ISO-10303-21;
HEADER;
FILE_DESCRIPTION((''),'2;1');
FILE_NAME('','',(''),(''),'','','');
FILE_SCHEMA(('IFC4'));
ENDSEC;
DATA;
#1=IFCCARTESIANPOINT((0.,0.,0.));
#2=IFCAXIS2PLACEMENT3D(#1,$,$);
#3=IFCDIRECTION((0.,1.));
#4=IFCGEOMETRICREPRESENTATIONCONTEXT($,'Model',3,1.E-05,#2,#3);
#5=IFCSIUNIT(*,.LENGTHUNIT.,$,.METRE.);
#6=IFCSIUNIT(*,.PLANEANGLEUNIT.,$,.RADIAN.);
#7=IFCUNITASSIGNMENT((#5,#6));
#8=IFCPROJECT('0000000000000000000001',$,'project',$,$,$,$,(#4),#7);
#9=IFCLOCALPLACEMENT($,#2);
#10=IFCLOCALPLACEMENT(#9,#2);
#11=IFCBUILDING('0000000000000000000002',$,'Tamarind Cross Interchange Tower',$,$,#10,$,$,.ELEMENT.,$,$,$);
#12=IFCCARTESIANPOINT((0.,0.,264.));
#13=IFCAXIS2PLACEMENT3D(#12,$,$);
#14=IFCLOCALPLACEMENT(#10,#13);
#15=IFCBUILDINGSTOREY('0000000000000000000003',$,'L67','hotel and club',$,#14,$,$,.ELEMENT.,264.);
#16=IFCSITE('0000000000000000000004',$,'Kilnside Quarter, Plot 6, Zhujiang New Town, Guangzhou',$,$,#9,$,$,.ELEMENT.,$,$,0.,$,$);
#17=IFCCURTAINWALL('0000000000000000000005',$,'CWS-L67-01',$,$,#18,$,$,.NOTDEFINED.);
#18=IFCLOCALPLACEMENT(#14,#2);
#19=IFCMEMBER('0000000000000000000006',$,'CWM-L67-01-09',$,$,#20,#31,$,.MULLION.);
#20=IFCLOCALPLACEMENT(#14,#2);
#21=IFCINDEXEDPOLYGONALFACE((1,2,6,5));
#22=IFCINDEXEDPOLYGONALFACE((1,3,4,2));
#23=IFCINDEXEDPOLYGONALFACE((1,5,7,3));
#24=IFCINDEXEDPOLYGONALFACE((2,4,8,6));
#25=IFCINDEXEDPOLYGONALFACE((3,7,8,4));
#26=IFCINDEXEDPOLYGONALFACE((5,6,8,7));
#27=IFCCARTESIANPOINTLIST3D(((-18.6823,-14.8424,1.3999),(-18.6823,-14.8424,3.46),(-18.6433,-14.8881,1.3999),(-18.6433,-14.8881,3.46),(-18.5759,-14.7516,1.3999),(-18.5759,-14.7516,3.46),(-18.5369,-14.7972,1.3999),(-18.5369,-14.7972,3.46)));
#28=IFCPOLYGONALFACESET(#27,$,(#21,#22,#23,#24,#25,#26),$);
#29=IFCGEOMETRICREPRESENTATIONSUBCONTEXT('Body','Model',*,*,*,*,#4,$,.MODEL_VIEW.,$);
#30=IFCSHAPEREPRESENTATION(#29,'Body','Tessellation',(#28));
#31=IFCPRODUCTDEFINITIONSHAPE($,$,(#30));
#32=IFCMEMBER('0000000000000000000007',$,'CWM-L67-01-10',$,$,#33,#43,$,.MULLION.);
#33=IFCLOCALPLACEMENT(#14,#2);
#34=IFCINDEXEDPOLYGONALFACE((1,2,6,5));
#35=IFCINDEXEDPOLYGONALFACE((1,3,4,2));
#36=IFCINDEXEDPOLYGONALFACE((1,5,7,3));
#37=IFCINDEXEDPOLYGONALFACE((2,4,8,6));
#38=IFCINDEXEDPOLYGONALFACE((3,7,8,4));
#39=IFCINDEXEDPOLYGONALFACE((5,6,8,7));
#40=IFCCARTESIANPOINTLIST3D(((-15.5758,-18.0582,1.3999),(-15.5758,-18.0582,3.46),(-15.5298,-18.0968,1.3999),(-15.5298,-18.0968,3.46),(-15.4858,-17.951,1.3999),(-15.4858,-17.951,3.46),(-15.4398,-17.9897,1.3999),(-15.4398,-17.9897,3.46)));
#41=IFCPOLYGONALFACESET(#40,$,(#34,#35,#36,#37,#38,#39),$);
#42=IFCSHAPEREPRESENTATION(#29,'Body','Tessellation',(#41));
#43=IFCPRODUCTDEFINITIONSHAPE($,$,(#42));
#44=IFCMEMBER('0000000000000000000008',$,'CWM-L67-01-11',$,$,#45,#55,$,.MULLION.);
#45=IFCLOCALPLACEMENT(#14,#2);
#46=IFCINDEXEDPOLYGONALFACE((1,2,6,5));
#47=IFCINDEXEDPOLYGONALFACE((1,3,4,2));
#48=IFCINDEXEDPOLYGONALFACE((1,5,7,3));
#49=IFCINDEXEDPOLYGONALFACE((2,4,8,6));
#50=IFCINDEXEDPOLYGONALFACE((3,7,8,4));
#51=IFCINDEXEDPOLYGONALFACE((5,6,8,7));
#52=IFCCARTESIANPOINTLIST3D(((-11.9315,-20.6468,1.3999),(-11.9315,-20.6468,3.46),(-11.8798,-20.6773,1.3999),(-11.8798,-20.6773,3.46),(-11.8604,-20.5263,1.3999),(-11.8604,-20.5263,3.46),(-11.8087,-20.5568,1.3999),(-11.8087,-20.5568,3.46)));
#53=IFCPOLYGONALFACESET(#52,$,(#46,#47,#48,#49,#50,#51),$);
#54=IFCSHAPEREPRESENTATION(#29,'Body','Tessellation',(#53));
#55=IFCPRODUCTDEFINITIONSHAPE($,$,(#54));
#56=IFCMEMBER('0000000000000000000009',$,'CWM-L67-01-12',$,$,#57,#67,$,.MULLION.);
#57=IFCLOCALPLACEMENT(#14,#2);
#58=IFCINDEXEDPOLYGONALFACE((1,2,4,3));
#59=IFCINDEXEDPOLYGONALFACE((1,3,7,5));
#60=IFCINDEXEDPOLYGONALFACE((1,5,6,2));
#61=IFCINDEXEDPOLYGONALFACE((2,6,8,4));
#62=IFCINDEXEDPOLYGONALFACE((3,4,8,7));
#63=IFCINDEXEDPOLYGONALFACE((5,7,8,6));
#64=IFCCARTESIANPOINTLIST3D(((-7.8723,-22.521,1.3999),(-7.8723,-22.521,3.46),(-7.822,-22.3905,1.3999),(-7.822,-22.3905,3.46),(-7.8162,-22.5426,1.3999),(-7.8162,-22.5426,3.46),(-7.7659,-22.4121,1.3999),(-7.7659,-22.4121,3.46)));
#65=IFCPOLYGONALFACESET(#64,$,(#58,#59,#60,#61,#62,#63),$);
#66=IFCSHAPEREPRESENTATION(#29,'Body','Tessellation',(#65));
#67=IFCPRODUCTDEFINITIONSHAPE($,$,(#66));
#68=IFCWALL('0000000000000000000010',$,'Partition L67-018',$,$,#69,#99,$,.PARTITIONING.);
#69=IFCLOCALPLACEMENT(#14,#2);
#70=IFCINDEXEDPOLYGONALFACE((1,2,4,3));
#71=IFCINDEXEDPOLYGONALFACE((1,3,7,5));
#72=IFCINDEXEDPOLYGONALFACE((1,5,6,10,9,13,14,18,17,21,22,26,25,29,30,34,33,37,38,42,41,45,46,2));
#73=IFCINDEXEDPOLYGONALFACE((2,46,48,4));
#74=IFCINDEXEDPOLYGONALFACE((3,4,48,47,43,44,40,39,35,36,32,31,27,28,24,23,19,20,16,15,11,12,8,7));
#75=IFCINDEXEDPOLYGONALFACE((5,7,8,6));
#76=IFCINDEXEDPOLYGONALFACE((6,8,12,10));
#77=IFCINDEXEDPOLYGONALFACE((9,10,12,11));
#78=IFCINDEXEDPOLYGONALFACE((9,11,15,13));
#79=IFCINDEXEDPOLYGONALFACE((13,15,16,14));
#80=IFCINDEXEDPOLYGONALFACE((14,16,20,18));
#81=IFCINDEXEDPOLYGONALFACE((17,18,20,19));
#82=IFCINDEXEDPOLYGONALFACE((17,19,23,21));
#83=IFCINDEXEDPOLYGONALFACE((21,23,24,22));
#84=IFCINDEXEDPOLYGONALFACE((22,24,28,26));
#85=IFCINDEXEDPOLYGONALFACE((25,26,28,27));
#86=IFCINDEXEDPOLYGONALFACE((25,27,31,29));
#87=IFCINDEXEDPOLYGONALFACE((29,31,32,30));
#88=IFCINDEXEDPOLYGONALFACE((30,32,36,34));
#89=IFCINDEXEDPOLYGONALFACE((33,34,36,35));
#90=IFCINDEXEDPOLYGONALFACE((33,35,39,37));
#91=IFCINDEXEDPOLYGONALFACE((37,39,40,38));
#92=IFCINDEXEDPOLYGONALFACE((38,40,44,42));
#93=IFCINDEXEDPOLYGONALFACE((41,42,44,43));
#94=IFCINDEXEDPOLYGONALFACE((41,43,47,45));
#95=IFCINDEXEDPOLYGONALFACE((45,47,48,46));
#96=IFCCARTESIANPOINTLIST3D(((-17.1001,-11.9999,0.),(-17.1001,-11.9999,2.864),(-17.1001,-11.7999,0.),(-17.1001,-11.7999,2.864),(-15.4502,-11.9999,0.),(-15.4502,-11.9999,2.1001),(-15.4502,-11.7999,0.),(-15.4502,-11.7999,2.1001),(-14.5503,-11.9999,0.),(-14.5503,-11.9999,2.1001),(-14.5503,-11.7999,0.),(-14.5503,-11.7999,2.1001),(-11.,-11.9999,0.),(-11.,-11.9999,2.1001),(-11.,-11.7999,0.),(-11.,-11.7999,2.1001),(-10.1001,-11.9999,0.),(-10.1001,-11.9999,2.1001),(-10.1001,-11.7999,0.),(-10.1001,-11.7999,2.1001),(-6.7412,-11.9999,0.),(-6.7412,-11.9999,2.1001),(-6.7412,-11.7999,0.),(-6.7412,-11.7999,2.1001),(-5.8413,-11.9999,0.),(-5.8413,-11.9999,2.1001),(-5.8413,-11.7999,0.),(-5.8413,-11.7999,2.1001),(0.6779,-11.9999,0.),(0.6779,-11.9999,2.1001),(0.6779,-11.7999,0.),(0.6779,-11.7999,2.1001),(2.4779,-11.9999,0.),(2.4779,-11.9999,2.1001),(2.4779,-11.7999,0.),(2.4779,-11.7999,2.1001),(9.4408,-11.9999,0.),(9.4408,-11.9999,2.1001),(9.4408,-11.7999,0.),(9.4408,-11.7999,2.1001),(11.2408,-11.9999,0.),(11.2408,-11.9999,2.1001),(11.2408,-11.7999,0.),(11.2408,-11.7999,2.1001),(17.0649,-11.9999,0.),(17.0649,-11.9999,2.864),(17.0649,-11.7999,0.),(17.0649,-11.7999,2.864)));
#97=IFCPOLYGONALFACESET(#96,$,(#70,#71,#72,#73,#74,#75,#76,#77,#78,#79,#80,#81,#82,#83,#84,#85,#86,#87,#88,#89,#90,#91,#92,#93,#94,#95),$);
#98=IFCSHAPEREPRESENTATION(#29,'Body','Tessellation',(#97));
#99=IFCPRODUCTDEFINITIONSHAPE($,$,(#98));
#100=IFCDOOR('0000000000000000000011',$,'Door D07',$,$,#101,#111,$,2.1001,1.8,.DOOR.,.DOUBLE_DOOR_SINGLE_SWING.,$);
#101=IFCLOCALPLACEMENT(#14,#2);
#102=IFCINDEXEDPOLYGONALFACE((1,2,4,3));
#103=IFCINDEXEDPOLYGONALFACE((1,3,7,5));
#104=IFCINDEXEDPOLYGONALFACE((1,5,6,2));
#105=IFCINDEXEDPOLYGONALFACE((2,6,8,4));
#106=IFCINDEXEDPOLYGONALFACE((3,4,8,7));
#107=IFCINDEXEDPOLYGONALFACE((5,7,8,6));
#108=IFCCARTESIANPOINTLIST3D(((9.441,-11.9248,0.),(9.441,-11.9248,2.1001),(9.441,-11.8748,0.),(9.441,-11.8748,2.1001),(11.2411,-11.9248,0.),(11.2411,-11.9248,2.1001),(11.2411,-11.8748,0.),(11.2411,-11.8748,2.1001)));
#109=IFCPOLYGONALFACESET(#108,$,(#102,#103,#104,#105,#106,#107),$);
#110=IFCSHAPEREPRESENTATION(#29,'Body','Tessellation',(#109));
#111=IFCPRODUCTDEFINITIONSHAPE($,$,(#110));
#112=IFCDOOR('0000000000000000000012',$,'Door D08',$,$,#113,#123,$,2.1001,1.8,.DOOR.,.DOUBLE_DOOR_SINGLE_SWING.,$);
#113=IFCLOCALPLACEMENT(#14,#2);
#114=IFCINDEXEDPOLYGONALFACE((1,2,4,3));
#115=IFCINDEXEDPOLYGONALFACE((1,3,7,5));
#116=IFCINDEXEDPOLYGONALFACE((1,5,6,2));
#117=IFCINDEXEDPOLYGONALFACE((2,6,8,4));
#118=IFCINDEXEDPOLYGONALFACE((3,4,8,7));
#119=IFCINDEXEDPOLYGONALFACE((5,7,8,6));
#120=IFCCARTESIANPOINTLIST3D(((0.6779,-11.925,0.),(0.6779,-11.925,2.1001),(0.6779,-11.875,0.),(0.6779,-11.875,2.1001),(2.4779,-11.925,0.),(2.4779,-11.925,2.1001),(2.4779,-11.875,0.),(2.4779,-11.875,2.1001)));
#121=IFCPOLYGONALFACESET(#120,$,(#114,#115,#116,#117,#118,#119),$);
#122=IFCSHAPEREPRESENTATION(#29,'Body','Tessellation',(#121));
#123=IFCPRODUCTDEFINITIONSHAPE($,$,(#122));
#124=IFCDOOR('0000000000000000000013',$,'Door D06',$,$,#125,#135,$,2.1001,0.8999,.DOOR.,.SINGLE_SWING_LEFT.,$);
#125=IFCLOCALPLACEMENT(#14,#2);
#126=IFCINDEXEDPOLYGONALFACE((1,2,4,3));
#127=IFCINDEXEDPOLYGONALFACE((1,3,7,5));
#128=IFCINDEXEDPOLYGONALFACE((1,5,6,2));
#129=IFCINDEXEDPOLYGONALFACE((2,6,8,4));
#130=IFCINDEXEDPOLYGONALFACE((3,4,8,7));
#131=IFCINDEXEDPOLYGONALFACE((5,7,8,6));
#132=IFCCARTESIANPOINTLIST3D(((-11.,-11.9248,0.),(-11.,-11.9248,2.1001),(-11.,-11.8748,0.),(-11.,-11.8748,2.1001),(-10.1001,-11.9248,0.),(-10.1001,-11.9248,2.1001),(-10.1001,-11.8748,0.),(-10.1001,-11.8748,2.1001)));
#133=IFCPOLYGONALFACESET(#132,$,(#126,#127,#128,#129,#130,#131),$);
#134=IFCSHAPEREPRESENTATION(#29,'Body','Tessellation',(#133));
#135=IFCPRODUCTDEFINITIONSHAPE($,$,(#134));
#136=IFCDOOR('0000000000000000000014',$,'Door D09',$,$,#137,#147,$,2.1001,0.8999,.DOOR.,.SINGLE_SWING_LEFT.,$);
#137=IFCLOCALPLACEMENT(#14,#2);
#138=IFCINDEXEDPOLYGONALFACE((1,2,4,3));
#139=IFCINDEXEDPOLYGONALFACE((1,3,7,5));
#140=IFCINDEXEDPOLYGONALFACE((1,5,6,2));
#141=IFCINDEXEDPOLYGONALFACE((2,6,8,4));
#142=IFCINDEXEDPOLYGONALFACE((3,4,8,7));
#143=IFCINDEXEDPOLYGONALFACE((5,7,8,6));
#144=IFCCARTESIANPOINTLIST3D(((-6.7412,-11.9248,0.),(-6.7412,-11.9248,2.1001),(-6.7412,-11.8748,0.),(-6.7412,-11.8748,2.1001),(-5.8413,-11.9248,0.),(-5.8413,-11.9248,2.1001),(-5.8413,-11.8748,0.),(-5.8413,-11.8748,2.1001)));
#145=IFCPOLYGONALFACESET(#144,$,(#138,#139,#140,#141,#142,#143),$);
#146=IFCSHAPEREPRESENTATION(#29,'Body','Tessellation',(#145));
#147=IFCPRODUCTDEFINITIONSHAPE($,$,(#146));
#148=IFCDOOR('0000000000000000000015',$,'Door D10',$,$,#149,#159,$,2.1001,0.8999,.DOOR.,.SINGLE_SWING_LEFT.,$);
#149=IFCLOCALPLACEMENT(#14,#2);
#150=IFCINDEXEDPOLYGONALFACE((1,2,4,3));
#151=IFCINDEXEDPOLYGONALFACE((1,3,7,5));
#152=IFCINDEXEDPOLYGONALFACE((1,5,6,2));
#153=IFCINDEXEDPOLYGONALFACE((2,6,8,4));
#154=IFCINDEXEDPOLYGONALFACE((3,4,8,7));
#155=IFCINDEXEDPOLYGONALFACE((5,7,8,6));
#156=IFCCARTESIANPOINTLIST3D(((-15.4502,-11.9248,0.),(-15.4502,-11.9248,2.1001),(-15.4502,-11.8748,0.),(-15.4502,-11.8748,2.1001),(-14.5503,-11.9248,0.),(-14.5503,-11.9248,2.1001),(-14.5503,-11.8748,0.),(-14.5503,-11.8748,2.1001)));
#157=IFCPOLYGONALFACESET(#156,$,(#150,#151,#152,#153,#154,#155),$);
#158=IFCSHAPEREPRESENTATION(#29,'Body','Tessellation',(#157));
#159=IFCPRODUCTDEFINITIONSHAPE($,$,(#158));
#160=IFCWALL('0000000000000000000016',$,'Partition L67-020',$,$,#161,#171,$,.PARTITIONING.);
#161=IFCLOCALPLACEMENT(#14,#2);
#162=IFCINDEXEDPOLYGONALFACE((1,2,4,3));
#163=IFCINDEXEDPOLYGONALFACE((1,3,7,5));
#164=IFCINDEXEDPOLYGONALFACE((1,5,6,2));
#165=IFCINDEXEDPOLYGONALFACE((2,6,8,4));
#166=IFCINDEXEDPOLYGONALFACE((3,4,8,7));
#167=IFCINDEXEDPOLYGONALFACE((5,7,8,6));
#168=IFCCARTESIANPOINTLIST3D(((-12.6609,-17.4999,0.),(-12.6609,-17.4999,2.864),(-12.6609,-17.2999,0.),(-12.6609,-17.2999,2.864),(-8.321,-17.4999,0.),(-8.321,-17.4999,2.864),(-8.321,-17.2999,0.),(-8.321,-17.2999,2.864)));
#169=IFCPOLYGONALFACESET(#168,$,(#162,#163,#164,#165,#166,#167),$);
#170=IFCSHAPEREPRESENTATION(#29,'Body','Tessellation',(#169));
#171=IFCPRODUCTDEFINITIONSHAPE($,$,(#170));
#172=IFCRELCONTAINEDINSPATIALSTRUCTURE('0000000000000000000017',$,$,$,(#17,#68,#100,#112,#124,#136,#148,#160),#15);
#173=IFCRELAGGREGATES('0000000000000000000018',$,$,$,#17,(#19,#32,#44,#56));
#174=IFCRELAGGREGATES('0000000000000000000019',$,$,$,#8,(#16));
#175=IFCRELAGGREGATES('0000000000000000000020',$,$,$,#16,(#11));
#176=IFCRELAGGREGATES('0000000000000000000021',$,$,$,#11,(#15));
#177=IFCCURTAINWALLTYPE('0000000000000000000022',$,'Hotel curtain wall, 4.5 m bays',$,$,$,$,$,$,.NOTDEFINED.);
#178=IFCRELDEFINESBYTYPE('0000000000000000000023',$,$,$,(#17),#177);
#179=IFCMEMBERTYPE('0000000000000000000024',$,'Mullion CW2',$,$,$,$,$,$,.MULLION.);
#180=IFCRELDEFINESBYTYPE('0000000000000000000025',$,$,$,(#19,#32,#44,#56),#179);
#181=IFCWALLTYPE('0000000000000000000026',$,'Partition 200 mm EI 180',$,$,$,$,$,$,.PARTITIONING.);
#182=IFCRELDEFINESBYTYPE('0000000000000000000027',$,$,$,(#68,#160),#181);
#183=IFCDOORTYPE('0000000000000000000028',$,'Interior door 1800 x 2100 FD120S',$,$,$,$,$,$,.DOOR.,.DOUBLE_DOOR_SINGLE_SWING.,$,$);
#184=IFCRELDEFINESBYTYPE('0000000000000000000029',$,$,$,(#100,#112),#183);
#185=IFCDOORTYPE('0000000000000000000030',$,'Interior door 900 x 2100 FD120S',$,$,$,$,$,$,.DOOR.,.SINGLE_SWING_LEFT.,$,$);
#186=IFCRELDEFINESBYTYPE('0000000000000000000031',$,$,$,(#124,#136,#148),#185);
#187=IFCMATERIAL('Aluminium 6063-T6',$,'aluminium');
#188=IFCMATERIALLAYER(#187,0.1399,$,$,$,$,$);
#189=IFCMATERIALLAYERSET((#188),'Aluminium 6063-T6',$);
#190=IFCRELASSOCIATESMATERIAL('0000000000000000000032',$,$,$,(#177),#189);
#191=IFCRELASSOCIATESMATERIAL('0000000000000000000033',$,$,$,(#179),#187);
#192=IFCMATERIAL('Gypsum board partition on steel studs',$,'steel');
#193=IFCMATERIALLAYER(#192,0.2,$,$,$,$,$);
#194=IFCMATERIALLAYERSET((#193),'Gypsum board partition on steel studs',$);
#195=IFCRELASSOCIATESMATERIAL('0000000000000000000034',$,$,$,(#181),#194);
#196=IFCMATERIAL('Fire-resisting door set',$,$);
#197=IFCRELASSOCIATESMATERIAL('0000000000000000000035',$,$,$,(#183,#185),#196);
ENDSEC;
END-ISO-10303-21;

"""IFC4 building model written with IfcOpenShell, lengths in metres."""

from ifc_helpers import new_model, si_unit, direction, frame, frame_2d, origin, origin_2d, place, context, subcontext, project, spatial, rectangle, extrude, material, layer, layer_set, material_profile, profile_set, type_object, element, fill, aggregate, save


model = new_model("IFC4")

# Units and contexts
model_context = context("Model", 3, precision=1e-05, world=origin(), true_north=direction((0.0, 1.0)))
body_context = subcontext(model_context, "Body", "Model", "MODEL_VIEW")
ifc_project = project(units=[si_unit("LENGTHUNIT", "METRE"), si_unit("PLANEANGLEUNIT", "RADIAN")], contexts=[model_context])

# Site, building, storey
site_placement = place(None, origin())
site = spatial("IfcSite", under=ifc_project, at=site_placement, Name="Kilnside Quarter, Plot 6, Zhujiang New Town, Guangzhou", CompositionType="ELEMENT", RefElevation=0.0)
building_placement = place(site_placement, origin())
building = spatial("IfcBuilding", under=site, at=building_placement, Name="Tamarind Cross Interchange Tower", CompositionType="ELEMENT")
storey_placement = place(building_placement, frame((0.0, 0.0, 264.0)))
storey = spatial("IfcBuildingStorey", under=building, at=storey_placement, Name="L67", Description="hotel and club", CompositionType="ELEMENT", Elevation=264.0)

# Curtain wall, members
ifc_material_1 = material(Name="Aluminium 6063-T6", Category="aluminium")
ifc_layer_1 = layer(ifc_material_1, 0.1399)
ifc_layer_set_1 = layer_set([ifc_layer_1], Name="Aluminium 6063-T6")
curtain_wall_type = type_object("IfcCurtainWallType", Name="Hotel curtain wall, 4.5 m bays", PredefinedType="NOTDEFINED", material=ifc_layer_set_1)
curtain_wall_placement = place(storey_placement, origin())
curtain_wall = element("IfcCurtainWall", 1, at=curtain_wall_placement, inside=storey, type_object=curtain_wall_type, Name="CWS-L67-01", PredefinedType="NOTDEFINED")
ifc_material_profile_1 = material_profile(ifc_material_1, rectangle(XDim=0.0601, YDim=0.1399, at=origin_2d()), Name="Mullion CW2")
ifc_profile_set_1 = profile_set([ifc_material_profile_1], Name="Aluminium 6063-T6")
member_type = type_object("IfcMemberType", Name="Mullion CW2", PredefinedType="MULLION", material=ifc_profile_set_1)
member_1_placement = place(storey_placement, frame((-18.6096, -14.8198, 1.3999), z_axis=(0.0, 0.0, 1.0), x_axis=(0.649577, -0.760296, 0.0)))
member_1 = element("IfcMember", 2, at=member_1_placement, type_object=member_type, Name="CWM-L67-01-09", PredefinedType="MULLION", context=body_context, shape_type="SweptSolid", body=[
    extrude(rectangle(XDim=0.0601, YDim=0.1399, at=origin_2d()), origin(), (0.0, 0.0, 1.0), 2.0601),
])
member_2_placement = place(storey_placement, frame((-15.5078, -18.0239, 1.3999), z_axis=(0.0, 0.0, 1.0), x_axis=(0.765858, -0.643009, 0.0)))
member_2 = element("IfcMember", 3, at=member_2_placement, type_object=member_type, Name="CWM-L67-01-10", PredefinedType="MULLION", context=body_context, shape_type="SweptSolid", body=[
    extrude(rectangle(XDim=0.0601, YDim=0.1399, at=origin_2d()), origin(), (0.0, 0.0, 1.0), 2.0601),
])
member_3_placement = place(storey_placement, frame((-11.8701, -20.6018, 1.3999), z_axis=(0.0, 0.0, 1.0), x_axis=(0.861249, -0.508183, 0.0)))
member_3 = element("IfcMember", 4, at=member_3_placement, type_object=member_type, Name="CWM-L67-01-11", PredefinedType="MULLION", context=body_context, shape_type="SweptSolid", body=[
    extrude(rectangle(XDim=0.0601, YDim=0.1399, at=origin_2d()), origin(), (0.0, 0.0, 1.0), 2.0601),
])
member_4_placement = place(storey_placement, frame((-7.8191, -22.4666, 1.3999), z_axis=(0.0, 0.0, 1.0), x_axis=(0.933147, -0.359495, 0.0)))
member_4 = element("IfcMember", 5, at=member_4_placement, type_object=member_type, Name="CWM-L67-01-12", PredefinedType="MULLION", context=body_context, shape_type="SweptSolid", body=[
    extrude(rectangle(XDim=0.0601, YDim=0.1399, at=origin_2d()), origin(), (0.0, 0.0, 1.0), 2.0601),
])
aggregate(curtain_wall, [member_1, member_2, member_3, member_4])

# Wall, openings, doors
ifc_material_2 = material(Name="Gypsum board partition on steel studs", Category="steel")
ifc_layer_2 = layer(ifc_material_2, 0.2)
ifc_layer_set_2 = layer_set([ifc_layer_2], Name="Gypsum board partition on steel studs")
wall_type = type_object("IfcWallType", Name="Partition 200 mm EI 180", PredefinedType="PARTITIONING", material=ifc_layer_set_2)
wall_1_placement = place(storey_placement, frame((-17.1001, -11.8999, 0.0), z_axis=(0.0, 0.0, 1.0), x_axis=(1.0, 0.0, 0.0)))
wall_1 = element("IfcWall", 6, at=wall_1_placement, inside=storey, type_object=wall_type, Name="Partition L67-018", PredefinedType="PARTITIONING", context=body_context, shape_type="SweptSolid", body=[
    extrude(rectangle(XDim=34.165, YDim=0.2, at=frame_2d((17.0825, 0.0))), origin(), (0.0, 0.0, 1.0), 2.864),
])
opening_1_placement = place(wall_1_placement, frame((6.1001, 0.0, 0.0)))
opening_1 = element("IfcOpeningElement", 7, at=opening_1_placement, cuts=wall_1, PredefinedType="OPENING", context=body_context, shape_type="SweptSolid", body=[
    extrude(rectangle(XDim=0.8999, YDim=2.1001, at=frame_2d((0.45, 1.05))), frame((0.0, 0.1099, 0.0), z_axis=(0.0, -1.0, 0.0), x_axis=(1.0, 0.0, 0.0)), (0.0, 0.0, 1.0), 0.22),
])
opening_2_placement = place(wall_1_placement, frame((26.541, 0.0, 0.0)))
opening_2 = element("IfcOpeningElement", 8, at=opening_2_placement, cuts=wall_1, PredefinedType="OPENING", context=body_context, shape_type="SweptSolid", body=[
    extrude(rectangle(XDim=1.8, YDim=2.1001, at=frame_2d((0.8999, 1.05))), frame((0.0, 0.1099, 0.0), z_axis=(0.0, -1.0, 0.0), x_axis=(1.0, 0.0, 0.0)), (0.0, 0.0, 1.0), 0.22),
])
opening_3_placement = place(wall_1_placement, frame((17.7781, 0.0, 0.0)))
opening_3 = element("IfcOpeningElement", 9, at=opening_3_placement, cuts=wall_1, PredefinedType="OPENING", context=body_context, shape_type="SweptSolid", body=[
    extrude(rectangle(XDim=1.8, YDim=2.1001, at=frame_2d((0.8999, 1.05))), frame((0.0, 0.1099, 0.0), z_axis=(0.0, -1.0, 0.0), x_axis=(1.0, 0.0, 0.0)), (0.0, 0.0, 1.0), 0.22),
])
opening_4_placement = place(wall_1_placement, frame((10.3589, 0.0, 0.0)))
opening_4 = element("IfcOpeningElement", 10, at=opening_4_placement, cuts=wall_1, PredefinedType="OPENING", context=body_context, shape_type="SweptSolid", body=[
    extrude(rectangle(XDim=0.8999, YDim=2.1001, at=frame_2d((0.45, 1.05))), frame((0.0, 0.1099, 0.0), z_axis=(0.0, -1.0, 0.0), x_axis=(1.0, 0.0, 0.0)), (0.0, 0.0, 1.0), 0.22),
])
opening_5_placement = place(wall_1_placement, frame((1.6499, 0.0, 0.0)))
opening_5 = element("IfcOpeningElement", 11, at=opening_5_placement, cuts=wall_1, PredefinedType="OPENING", context=body_context, shape_type="SweptSolid", body=[
    extrude(rectangle(XDim=0.8999, YDim=2.1001, at=frame_2d((0.45, 1.05))), frame((0.0, 0.1099, 0.0), z_axis=(0.0, -1.0, 0.0), x_axis=(1.0, 0.0, 0.0)), (0.0, 0.0, 1.0), 0.22),
])
ifc_material_3 = material(Name="Fire-resisting door set")
door_type_1 = type_object("IfcDoorType", Name="Interior door 1800 x 2100 FD120S", OperationType="DOUBLE_DOOR_SINGLE_SWING", PredefinedType="DOOR", material=ifc_material_3)
door_1_placement = place(opening_2_placement, frame((1.8, 0.0, 0.0), z_axis=(0.0, 0.0, 1.0), x_axis=(-1.0, 0.0, 0.0)))
door_1 = element("IfcDoor", 12, at=door_1_placement, inside=storey, type_object=door_type_1, Name="Door D07", OperationType="DOUBLE_DOOR_SINGLE_SWING", OverallHeight=2.1001, OverallWidth=1.8, PredefinedType="DOOR", context=body_context, shape_type="SweptSolid", body=[
    extrude(rectangle(XDim=1.8, YDim=2.1001, at=frame_2d((0.8999, 1.05))), frame((0.0, 0.0249, 0.0), z_axis=(0.0, -1.0, 0.0), x_axis=(1.0, 0.0, 0.0)), (0.0, 0.0, 1.0), 0.05),
])
fill(opening_2, door_1)
door_2_placement = place(opening_3_placement, origin())
door_2 = element("IfcDoor", 13, at=door_2_placement, inside=storey, type_object=door_type_1, Name="Door D08", OperationType="DOUBLE_DOOR_SINGLE_SWING", OverallHeight=2.1001, OverallWidth=1.8, PredefinedType="DOOR", context=body_context, shape_type="SweptSolid", body=[
    extrude(rectangle(XDim=1.8, YDim=2.1001, at=frame_2d((0.8999, 1.05))), frame((0.0, 0.0249, 0.0), z_axis=(0.0, -1.0, 0.0), x_axis=(1.0, 0.0, 0.0)), (0.0, 0.0, 1.0), 0.05),
])
fill(opening_3, door_2)
door_type_2 = type_object("IfcDoorType", Name="Interior door 900 x 2100 FD120S", OperationType="SINGLE_SWING_LEFT", PredefinedType="DOOR", material=ifc_material_3)
door_3_placement = place(opening_1_placement, frame((0.8999, 0.0, 0.0), z_axis=(0.0, 0.0, 1.0), x_axis=(-1.0, 0.0, 0.0)))
door_3 = element("IfcDoor", 14, at=door_3_placement, inside=storey, type_object=door_type_2, Name="Door D06", OperationType="SINGLE_SWING_LEFT", OverallHeight=2.1001, OverallWidth=0.8999, PredefinedType="DOOR", context=body_context, shape_type="SweptSolid", body=[
    extrude(rectangle(XDim=0.8999, YDim=2.1001, at=frame_2d((0.45, 1.05))), frame((0.0, 0.0249, 0.0), z_axis=(0.0, -1.0, 0.0), x_axis=(1.0, 0.0, 0.0)), (0.0, 0.0, 1.0), 0.05),
])
fill(opening_1, door_3)
door_4_placement = place(opening_4_placement, frame((0.8999, 0.0, 0.0), z_axis=(0.0, 0.0, 1.0), x_axis=(-1.0, 0.0, 0.0)))
door_4 = element("IfcDoor", 15, at=door_4_placement, inside=storey, type_object=door_type_2, Name="Door D09", OperationType="SINGLE_SWING_LEFT", OverallHeight=2.1001, OverallWidth=0.8999, PredefinedType="DOOR", context=body_context, shape_type="SweptSolid", body=[
    extrude(rectangle(XDim=0.8999, YDim=2.1001, at=frame_2d((0.45, 1.05))), frame((0.0, 0.0249, 0.0), z_axis=(0.0, -1.0, 0.0), x_axis=(1.0, 0.0, 0.0)), (0.0, 0.0, 1.0), 0.05),
])
fill(opening_4, door_4)
door_5_placement = place(opening_5_placement, frame((0.8999, 0.0, 0.0), z_axis=(0.0, 0.0, 1.0), x_axis=(-1.0, 0.0, 0.0)))
door_5 = element("IfcDoor", 16, at=door_5_placement, inside=storey, type_object=door_type_2, Name="Door D10", OperationType="SINGLE_SWING_LEFT", OverallHeight=2.1001, OverallWidth=0.8999, PredefinedType="DOOR", context=body_context, shape_type="SweptSolid", body=[
    extrude(rectangle(XDim=0.8999, YDim=2.1001, at=frame_2d((0.45, 1.05))), frame((0.0, 0.0249, 0.0), z_axis=(0.0, -1.0, 0.0), x_axis=(1.0, 0.0, 0.0)), (0.0, 0.0, 1.0), 0.05),
])
fill(opening_5, door_5)

# Wall
wall_2_placement = place(storey_placement, frame((-12.6609, -17.3999, 0.0), z_axis=(0.0, 0.0, 1.0), x_axis=(1.0, 0.0, 0.0)))
element("IfcWall", 17, at=wall_2_placement, inside=storey, type_object=wall_type, Name="Partition L67-020", PredefinedType="PARTITIONING", context=body_context, shape_type="SweptSolid", body=[
    extrude(rectangle(XDim=4.3398, YDim=0.2, at=frame_2d((2.1699, 0.0))), origin(), (0.0, 0.0, 1.0), 2.864),
])

save(model, "model.ifc")
